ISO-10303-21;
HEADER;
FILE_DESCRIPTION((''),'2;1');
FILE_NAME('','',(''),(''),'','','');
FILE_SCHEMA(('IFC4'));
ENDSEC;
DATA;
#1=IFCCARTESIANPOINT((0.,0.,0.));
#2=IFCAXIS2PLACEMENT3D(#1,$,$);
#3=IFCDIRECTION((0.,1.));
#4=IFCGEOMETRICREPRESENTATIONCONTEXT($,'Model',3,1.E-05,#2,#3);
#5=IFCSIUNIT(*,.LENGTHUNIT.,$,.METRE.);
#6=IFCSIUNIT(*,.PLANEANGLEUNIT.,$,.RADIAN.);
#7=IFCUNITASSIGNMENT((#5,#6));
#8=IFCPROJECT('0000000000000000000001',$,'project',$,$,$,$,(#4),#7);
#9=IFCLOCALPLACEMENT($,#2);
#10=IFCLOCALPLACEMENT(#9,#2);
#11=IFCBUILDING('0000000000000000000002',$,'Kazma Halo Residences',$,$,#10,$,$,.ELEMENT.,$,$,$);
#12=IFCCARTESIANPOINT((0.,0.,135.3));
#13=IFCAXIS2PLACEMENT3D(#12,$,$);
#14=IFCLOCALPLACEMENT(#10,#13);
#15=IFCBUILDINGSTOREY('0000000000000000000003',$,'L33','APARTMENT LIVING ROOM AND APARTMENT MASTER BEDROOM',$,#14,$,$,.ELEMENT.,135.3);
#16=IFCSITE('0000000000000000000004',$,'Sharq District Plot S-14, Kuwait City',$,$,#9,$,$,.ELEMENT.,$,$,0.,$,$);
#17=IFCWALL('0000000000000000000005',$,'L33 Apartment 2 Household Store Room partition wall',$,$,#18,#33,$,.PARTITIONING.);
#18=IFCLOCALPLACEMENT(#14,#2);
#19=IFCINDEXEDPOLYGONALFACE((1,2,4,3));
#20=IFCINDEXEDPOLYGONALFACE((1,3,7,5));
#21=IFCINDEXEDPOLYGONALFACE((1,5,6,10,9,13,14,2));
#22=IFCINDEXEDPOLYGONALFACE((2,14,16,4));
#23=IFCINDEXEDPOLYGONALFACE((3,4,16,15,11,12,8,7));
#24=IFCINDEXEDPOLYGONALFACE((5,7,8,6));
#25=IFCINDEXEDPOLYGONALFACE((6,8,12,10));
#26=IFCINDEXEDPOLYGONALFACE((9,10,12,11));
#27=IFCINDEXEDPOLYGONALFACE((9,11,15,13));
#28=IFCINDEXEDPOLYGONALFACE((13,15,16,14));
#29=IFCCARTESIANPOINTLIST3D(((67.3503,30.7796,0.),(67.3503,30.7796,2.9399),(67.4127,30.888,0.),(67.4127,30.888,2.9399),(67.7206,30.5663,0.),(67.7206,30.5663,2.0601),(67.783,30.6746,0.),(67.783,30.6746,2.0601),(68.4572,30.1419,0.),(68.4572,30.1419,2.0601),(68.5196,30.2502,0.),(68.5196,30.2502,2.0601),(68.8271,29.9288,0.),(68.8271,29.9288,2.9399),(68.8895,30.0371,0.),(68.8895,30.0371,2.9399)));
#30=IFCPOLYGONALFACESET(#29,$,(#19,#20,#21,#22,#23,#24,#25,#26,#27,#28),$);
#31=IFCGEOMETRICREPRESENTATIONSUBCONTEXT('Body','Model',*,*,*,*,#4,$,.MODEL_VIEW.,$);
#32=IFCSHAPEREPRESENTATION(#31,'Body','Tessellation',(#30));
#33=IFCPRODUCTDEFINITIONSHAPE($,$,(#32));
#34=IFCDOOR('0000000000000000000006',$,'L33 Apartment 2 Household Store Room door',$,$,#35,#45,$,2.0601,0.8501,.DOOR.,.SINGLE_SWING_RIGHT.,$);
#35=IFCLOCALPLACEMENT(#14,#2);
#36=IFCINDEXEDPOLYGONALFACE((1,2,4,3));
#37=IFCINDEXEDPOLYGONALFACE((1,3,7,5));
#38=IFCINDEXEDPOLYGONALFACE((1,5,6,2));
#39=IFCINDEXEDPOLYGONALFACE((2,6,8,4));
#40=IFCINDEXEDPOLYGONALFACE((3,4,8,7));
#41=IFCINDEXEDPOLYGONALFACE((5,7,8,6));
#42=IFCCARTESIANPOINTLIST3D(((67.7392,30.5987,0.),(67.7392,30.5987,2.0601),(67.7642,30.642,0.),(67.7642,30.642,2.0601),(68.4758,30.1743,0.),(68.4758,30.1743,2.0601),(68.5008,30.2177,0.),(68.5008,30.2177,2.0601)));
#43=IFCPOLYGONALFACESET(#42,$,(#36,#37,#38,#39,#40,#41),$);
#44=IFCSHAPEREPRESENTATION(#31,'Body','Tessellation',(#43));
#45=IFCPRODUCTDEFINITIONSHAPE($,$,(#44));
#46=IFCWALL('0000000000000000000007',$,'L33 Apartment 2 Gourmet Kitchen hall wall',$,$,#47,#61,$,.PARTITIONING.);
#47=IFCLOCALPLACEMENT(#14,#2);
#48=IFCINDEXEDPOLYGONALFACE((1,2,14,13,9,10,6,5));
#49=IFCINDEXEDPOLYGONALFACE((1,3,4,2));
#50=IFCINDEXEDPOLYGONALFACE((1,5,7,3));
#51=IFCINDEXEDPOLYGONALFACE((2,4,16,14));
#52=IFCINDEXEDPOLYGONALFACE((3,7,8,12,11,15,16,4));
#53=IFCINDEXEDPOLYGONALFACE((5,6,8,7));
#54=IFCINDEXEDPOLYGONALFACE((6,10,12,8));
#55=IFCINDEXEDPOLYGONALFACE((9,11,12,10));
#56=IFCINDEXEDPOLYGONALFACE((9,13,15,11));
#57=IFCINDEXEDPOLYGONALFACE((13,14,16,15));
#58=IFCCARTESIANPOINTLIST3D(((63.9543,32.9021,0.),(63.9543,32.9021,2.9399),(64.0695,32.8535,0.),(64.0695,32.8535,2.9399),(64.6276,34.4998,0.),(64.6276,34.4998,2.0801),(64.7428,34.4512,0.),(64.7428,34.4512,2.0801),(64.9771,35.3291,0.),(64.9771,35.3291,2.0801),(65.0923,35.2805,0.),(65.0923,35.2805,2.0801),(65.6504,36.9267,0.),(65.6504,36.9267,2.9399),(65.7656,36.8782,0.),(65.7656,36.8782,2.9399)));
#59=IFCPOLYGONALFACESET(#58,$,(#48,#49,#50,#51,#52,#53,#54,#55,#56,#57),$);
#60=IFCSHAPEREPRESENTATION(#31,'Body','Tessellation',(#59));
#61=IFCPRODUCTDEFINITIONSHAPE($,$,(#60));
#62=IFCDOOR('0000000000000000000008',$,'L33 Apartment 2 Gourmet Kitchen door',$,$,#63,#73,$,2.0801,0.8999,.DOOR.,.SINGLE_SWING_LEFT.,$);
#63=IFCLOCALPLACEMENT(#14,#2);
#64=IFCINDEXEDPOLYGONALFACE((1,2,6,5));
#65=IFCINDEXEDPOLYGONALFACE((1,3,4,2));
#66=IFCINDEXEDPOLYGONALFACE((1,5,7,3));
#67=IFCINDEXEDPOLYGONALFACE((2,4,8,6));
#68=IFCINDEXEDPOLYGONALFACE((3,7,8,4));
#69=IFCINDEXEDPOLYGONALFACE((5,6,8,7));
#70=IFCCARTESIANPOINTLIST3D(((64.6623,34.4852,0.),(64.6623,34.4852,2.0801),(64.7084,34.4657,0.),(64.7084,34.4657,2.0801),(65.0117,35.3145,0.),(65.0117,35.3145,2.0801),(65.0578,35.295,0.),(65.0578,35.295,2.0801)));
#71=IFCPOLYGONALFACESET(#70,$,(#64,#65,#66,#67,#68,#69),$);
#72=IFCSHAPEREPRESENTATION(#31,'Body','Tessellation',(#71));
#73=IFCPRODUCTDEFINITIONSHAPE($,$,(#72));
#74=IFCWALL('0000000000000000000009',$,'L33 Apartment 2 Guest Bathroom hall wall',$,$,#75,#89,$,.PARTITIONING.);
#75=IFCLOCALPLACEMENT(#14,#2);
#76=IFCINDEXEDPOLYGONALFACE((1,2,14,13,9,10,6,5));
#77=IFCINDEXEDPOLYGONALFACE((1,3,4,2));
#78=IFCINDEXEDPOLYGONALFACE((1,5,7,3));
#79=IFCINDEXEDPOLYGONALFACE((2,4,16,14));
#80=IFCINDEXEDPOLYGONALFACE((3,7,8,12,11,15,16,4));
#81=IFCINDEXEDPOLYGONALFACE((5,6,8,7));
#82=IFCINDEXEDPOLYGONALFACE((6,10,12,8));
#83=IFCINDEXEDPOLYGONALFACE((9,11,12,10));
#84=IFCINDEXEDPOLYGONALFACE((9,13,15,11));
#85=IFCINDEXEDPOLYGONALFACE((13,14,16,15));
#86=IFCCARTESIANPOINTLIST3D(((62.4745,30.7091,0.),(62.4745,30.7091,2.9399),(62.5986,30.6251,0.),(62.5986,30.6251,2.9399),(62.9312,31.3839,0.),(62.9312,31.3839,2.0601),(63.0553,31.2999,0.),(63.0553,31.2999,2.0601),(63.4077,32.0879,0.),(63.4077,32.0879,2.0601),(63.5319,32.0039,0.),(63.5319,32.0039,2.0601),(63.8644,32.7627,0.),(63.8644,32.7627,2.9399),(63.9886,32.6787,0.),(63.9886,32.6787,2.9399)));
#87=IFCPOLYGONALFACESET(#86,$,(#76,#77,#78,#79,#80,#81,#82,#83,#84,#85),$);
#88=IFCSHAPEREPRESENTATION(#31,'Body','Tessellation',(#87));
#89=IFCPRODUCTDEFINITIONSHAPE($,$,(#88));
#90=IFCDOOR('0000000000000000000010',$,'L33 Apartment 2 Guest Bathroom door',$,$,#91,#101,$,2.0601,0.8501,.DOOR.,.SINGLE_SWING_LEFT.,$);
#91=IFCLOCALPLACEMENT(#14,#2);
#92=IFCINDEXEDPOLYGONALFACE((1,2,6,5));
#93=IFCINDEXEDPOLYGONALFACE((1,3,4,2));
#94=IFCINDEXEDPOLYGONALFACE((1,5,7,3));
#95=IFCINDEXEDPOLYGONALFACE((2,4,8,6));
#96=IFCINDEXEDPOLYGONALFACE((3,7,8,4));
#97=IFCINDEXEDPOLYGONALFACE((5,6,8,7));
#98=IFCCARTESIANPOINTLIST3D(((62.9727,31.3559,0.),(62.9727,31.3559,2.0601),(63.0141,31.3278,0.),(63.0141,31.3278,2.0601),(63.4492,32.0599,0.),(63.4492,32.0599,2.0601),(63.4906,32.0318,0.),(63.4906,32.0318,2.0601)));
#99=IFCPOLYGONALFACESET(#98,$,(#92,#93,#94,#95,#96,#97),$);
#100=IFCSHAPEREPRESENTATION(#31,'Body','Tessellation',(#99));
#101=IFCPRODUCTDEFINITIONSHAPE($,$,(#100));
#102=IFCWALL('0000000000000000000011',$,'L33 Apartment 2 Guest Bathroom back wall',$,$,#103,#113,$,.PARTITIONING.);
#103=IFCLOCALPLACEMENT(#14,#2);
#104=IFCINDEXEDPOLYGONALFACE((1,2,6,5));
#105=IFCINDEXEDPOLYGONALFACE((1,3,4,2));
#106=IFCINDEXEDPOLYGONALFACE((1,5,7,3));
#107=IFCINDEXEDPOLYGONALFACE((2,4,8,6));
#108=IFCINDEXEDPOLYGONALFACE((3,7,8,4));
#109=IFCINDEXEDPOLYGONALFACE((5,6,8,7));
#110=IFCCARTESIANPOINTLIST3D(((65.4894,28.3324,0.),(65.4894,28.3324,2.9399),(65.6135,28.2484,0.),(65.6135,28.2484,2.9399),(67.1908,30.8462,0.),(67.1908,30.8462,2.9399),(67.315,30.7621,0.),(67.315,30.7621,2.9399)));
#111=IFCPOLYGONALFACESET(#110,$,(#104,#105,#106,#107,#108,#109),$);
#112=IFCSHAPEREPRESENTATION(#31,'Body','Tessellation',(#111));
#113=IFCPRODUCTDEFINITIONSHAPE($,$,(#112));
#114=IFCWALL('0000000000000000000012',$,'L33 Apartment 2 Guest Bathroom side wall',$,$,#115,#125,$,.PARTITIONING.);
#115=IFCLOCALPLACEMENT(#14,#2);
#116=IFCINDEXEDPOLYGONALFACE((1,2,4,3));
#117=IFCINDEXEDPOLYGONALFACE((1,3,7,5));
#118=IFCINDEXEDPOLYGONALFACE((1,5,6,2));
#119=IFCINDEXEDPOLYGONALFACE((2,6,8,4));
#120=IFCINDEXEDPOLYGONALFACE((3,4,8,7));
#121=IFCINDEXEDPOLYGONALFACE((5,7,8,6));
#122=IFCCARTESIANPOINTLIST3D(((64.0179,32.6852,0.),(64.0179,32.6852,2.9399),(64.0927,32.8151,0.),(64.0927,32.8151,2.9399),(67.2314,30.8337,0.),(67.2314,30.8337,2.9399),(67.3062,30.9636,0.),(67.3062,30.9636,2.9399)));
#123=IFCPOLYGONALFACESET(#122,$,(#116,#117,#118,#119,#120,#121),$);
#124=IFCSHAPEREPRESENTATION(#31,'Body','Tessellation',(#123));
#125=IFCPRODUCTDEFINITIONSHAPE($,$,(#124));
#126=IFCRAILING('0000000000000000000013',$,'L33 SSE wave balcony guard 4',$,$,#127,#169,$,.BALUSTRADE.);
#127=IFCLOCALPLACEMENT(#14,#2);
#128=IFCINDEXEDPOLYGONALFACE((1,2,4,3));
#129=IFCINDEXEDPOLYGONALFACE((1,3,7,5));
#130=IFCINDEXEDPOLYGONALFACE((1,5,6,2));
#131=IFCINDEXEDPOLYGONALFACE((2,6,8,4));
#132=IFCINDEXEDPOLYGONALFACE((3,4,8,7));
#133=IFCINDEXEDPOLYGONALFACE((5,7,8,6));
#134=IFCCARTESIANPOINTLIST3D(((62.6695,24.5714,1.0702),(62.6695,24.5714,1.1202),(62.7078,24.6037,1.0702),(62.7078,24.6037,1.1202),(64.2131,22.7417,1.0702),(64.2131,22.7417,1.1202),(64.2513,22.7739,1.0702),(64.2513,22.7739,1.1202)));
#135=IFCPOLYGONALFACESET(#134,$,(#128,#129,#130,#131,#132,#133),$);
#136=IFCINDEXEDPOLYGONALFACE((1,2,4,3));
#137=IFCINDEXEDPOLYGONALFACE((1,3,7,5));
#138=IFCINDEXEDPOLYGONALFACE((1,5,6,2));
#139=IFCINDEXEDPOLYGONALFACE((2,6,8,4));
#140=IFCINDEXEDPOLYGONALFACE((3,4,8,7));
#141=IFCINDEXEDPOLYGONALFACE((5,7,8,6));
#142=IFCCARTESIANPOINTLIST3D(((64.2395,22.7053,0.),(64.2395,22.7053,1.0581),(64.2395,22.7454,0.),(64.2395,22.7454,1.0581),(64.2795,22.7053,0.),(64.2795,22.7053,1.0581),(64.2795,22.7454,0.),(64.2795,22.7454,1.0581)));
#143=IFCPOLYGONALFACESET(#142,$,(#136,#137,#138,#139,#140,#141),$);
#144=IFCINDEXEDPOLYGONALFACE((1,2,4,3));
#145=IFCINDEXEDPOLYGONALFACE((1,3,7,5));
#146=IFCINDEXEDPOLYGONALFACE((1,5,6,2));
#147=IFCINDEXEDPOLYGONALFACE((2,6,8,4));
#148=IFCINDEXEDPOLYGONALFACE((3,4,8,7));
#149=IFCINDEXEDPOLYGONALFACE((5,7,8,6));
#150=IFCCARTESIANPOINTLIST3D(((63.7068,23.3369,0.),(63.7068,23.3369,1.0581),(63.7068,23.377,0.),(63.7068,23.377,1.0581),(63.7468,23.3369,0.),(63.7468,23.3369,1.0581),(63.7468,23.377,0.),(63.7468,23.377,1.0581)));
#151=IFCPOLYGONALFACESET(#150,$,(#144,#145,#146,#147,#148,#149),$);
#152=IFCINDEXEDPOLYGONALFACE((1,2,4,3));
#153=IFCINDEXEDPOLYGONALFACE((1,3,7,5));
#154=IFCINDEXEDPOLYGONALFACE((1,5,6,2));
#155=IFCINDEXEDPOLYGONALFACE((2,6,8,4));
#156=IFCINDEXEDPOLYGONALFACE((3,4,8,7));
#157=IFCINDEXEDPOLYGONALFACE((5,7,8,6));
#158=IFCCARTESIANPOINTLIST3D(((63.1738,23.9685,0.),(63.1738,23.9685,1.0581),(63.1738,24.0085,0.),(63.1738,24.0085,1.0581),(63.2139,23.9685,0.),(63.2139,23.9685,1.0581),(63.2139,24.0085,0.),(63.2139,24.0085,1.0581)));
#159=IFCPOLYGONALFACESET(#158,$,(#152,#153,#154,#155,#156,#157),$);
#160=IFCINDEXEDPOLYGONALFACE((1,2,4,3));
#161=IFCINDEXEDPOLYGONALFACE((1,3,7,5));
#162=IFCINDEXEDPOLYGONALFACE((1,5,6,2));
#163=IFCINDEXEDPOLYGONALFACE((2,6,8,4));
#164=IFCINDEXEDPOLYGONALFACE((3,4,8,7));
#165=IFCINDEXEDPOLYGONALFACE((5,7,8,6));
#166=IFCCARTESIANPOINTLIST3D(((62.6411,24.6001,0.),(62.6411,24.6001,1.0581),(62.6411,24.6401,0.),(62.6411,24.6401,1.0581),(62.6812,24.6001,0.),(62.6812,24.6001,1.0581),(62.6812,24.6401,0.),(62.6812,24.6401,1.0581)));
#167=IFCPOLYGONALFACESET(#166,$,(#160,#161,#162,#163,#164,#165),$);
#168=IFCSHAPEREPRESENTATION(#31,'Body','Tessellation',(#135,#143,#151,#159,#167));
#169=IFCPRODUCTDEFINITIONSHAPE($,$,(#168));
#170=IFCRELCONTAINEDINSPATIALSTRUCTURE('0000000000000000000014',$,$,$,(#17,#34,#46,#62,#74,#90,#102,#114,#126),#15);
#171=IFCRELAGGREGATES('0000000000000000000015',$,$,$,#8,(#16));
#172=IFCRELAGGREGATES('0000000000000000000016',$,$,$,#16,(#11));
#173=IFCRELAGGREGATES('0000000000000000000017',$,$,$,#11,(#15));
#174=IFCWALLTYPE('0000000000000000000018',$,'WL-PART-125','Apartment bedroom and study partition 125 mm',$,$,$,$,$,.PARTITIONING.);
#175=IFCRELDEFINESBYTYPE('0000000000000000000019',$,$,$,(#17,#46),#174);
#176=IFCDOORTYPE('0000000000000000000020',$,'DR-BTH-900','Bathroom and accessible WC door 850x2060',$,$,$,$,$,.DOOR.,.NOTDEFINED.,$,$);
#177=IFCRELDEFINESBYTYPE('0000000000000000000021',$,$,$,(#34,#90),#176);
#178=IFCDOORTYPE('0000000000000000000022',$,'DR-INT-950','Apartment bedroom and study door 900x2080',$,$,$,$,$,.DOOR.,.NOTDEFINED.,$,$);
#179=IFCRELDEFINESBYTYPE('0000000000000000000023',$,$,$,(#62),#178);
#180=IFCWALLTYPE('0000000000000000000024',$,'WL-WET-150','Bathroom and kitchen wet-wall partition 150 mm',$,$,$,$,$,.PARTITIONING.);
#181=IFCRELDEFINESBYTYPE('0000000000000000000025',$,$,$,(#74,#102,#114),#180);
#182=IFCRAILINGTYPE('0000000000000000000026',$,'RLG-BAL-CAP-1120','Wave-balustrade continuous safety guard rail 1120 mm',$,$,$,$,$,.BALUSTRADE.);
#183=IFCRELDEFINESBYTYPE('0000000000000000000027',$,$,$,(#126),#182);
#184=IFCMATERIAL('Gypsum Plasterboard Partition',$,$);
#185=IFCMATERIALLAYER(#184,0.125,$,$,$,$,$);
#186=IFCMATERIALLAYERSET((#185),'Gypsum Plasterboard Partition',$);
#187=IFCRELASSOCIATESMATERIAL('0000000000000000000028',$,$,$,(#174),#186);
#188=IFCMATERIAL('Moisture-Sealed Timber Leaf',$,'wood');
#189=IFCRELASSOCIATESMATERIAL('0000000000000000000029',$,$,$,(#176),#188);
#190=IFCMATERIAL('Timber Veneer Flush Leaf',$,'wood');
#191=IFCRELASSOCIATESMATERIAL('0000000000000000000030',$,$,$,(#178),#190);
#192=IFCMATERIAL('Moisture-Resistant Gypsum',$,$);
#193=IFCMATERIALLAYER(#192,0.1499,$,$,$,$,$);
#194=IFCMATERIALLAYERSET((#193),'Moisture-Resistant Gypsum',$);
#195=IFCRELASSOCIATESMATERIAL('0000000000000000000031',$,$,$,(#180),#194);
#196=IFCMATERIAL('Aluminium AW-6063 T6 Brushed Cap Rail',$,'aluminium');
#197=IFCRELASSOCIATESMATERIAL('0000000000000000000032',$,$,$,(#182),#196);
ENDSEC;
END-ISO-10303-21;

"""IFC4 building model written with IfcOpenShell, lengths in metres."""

from ifc_helpers import new_model, si_unit, direction, frame, frame_2d, origin, origin_2d, place, context, subcontext, project, spatial, rectangle, extrude, material, layer, layer_set, type_object, element, fill, save


model = new_model("IFC4")

# Units and contexts
model_context = context("Model", 3, precision=1e-05, world=origin(), true_north=direction((0.0, 1.0)))
body_context = subcontext(model_context, "Body", "Model", "MODEL_VIEW")
ifc_project = project(units=[si_unit("LENGTHUNIT", "METRE"), si_unit("PLANEANGLEUNIT", "RADIAN")], contexts=[model_context])

# Site, building, storey
site_placement = place(None, origin())
site = spatial("IfcSite", under=ifc_project, at=site_placement, Name="Sharq District Plot S-14, Kuwait City", CompositionType="ELEMENT", RefElevation=0.0)
building_placement = place(site_placement, origin())
building = spatial("IfcBuilding", under=site, at=building_placement, Name="Kazma Halo Residences", CompositionType="ELEMENT")
storey_placement = place(building_placement, frame((0.0, 0.0, 135.3)))
storey = spatial("IfcBuildingStorey", under=building, at=storey_placement, Name="L33", Description="APARTMENT LIVING ROOM AND APARTMENT MASTER BEDROOM", CompositionType="ELEMENT", Elevation=135.3)

# Walls, openings, doors
ifc_material_1 = material(Name="Gypsum Plasterboard Partition")
ifc_layer_1 = layer(ifc_material_1, 0.125)
ifc_layer_set_1 = layer_set([ifc_layer_1], Name="Gypsum Plasterboard Partition")
wall_type_1 = type_object("IfcWallType", Name="WL-PART-125", Description="Apartment bedroom and study partition 125 mm", PredefinedType="PARTITIONING", material=ifc_layer_set_1)
wall_1_placement = place(storey_placement, frame((67.3816, 30.8337, 0.0), z_axis=(0.0, 0.0, 1.0), x_axis=(0.866484, -0.499206, 0.0)))
wall_1 = element("IfcWall", 1, at=wall_1_placement, inside=storey, type_object=wall_type_1, Name="L33 Apartment 2 Household Store Room partition wall", PredefinedType="PARTITIONING", context=body_context, shape_type="SweptSolid", body=[
    extrude(rectangle(XDim=1.7043, YDim=0.125, at=frame_2d((0.8521, 0.0))), origin(), (0.0, 0.0, 1.0), 2.9399),
])
opening_1_placement = place(wall_1_placement, frame((0.4272, 0.0, 0.0)))
opening_1 = element("IfcOpeningElement", 2, at=opening_1_placement, cuts=wall_1, PredefinedType="OPENING", context=body_context, shape_type="SweptSolid", body=[
    extrude(rectangle(XDim=0.8501, YDim=2.0601, at=frame_2d((0.425, 1.03))), frame((0.0, 0.0725, 0.0), z_axis=(0.0, -1.0, 0.0), x_axis=(1.0, 0.0, 0.0)), (0.0, 0.0, 1.0), 0.145),
])
ifc_material_2 = material(Name="Moisture-Sealed Timber Leaf", Category="wood")
door_type_1 = type_object("IfcDoorType", Name="DR-BTH-900", Description="Bathroom and accessible WC door 850x2060", OperationType="NOTDEFINED", PredefinedType="DOOR", material=ifc_material_2)
door_1_placement = place(opening_1_placement, origin())
door_1 = element("IfcDoor", 3, at=door_1_placement, inside=storey, type_object=door_type_1, Name="L33 Apartment 2 Household Store Room door", OperationType="SINGLE_SWING_RIGHT", OverallHeight=2.0601, OverallWidth=0.8501, PredefinedType="DOOR", context=body_context, shape_type="SweptSolid", body=[
    extrude(rectangle(XDim=0.8501, YDim=2.0601, at=frame_2d((0.425, 1.03))), frame((0.0, 0.0249, 0.0), z_axis=(0.0, -1.0, 0.0), x_axis=(1.0, 0.0, 0.0)), (0.0, 0.0, 1.0), 0.05),
])
fill(opening_1, door_1)
wall_2_placement = place(storey_placement, frame((64.012, 32.8779, 0.0), z_axis=(0.0, 0.0, 1.0), x_axis=(0.388339, 0.921516, 0.0)))
wall_2 = element("IfcWall", 4, at=wall_2_placement, inside=storey, type_object=wall_type_1, Name="L33 Apartment 2 Gourmet Kitchen hall wall", PredefinedType="PARTITIONING", context=body_context, shape_type="SweptSolid", body=[
    extrude(rectangle(XDim=4.3674, YDim=0.125, at=frame_2d((2.1836, 0.0))), origin(), (0.0, 0.0, 1.0), 2.9399),
])
opening_2_placement = place(wall_2_placement, frame((1.7336, 0.0, 0.0)))
opening_2 = element("IfcOpeningElement", 5, at=opening_2_placement, cuts=wall_2, PredefinedType="OPENING", context=body_context, shape_type="SweptSolid", body=[
    extrude(rectangle(XDim=0.8999, YDim=2.0801, at=frame_2d((0.45, 1.04))), frame((0.0, 0.0725, 0.0), z_axis=(0.0, -1.0, 0.0), x_axis=(1.0, 0.0, 0.0)), (0.0, 0.0, 1.0), 0.145),
])
ifc_material_3 = material(Name="Timber Veneer Flush Leaf", Category="wood")
door_type_2 = type_object("IfcDoorType", Name="DR-INT-950", Description="Apartment bedroom and study door 900x2080", OperationType="NOTDEFINED", PredefinedType="DOOR", material=ifc_material_3)
door_2_placement = place(opening_2_placement, origin())
door_2 = element("IfcDoor", 6, at=door_2_placement, inside=storey, type_object=door_type_2, Name="L33 Apartment 2 Gourmet Kitchen door", OperationType="SINGLE_SWING_LEFT", OverallHeight=2.0801, OverallWidth=0.8999, PredefinedType="DOOR", context=body_context, shape_type="SweptSolid", body=[
    extrude(rectangle(XDim=0.8999, YDim=2.0801, at=frame_2d((0.45, 1.04))), frame((0.0, 0.0249, 0.0), z_axis=(0.0, -1.0, 0.0), x_axis=(1.0, 0.0, 0.0)), (0.0, 0.0, 1.0), 0.05),
])
fill(opening_2, door_2)
ifc_material_4 = material(Name="Moisture-Resistant Gypsum")
ifc_layer_2 = layer(ifc_material_4, 0.1499)
ifc_layer_set_2 = layer_set([ifc_layer_2], Name="Moisture-Resistant Gypsum")
wall_type_2 = type_object("IfcWallType", Name="WL-WET-150", Description="Bathroom and kitchen wet-wall partition 150 mm", PredefinedType="PARTITIONING", material=ifc_layer_set_2)
wall_3_placement = place(storey_placement, frame((62.5366, 30.6672, 0.0), z_axis=(0.0, 0.0, 1.0), x_axis=(0.560526, 0.828137, 0.0)))
wall_3 = element("IfcWall", 7, at=wall_3_placement, inside=storey, type_object=wall_type_2, Name="L33 Apartment 2 Guest Bathroom hall wall", PredefinedType="PARTITIONING", context=body_context, shape_type="SweptSolid", body=[
    extrude(rectangle(XDim=2.4797, YDim=0.1499, at=frame_2d((1.2397, 0.0))), origin(), (0.0, 0.0, 1.0), 2.9399),
])
opening_3_placement = place(wall_3_placement, frame((0.8147, 0.0, 0.0)))
opening_3 = element("IfcOpeningElement", 8, at=opening_3_placement, cuts=wall_3, PredefinedType="OPENING", context=body_context, shape_type="SweptSolid", body=[
    extrude(rectangle(XDim=0.8501, YDim=2.0601, at=frame_2d((0.425, 1.03))), frame((0.0, 0.085, 0.0), z_axis=(0.0, -1.0, 0.0), x_axis=(1.0, 0.0, 0.0)), (0.0, 0.0, 1.0), 0.1699),
])
door_3_placement = place(opening_3_placement, origin())
door_3 = element("IfcDoor", 9, at=door_3_placement, inside=storey, type_object=door_type_1, Name="L33 Apartment 2 Guest Bathroom door", OperationType="SINGLE_SWING_LEFT", OverallHeight=2.0601, OverallWidth=0.8501, PredefinedType="DOOR", context=body_context, shape_type="SweptSolid", body=[
    extrude(rectangle(XDim=0.8501, YDim=2.0601, at=frame_2d((0.425, 1.03))), frame((0.0, 0.0249, 0.0), z_axis=(0.0, -1.0, 0.0), x_axis=(1.0, 0.0, 0.0)), (0.0, 0.0, 1.0), 0.05),
])
fill(opening_3, door_3)

# Walls
wall_4_placement = place(storey_placement, frame((65.5515, 28.2905, 0.0), z_axis=(0.0, 0.0, 1.0), x_axis=(0.560533, 0.828132, 0.0)))
element("IfcWall", 10, at=wall_4_placement, inside=storey, type_object=wall_type_2, Name="L33 Apartment 2 Guest Bathroom back wall", PredefinedType="PARTITIONING", context=body_context, shape_type="SweptSolid", body=[
    extrude(rectangle(XDim=3.0354, YDim=0.1499, at=frame_2d((1.5176, 0.0))), origin(), (0.0, 0.0, 1.0), 2.9399),
])
wall_5_placement = place(storey_placement, frame((64.0552, 32.7502, 0.0), z_axis=(0.0, 0.0, 1.0), x_axis=(0.866471, -0.499227, 0.0)))
element("IfcWall", 11, at=wall_5_placement, inside=storey, type_object=wall_type_2, Name="L33 Apartment 2 Guest Bathroom side wall", PredefinedType="PARTITIONING", context=body_context, shape_type="SweptSolid", body=[
    extrude(rectangle(XDim=3.7087, YDim=0.1499, at=frame_2d((1.8545, 0.0))), origin(), (0.0, 0.0, 1.0), 2.9399),
])

# Railing
ifc_material_5 = material(Name="Aluminium AW-6063 T6 Brushed Cap Rail", Category="aluminium")
railing_type = type_object("IfcRailingType", Name="RLG-BAL-CAP-1120", Description="Wave-balustrade continuous safety guard rail 1120 mm", PredefinedType="BALUSTRADE", material=ifc_material_5)
railing_1_placement = place(storey_placement, frame((64.2595, 22.7253, 0.0)))
element("IfcRailing", 12, at=railing_1_placement, inside=storey, type_object=railing_type, Name="L33 SSE wave balcony guard 4", PredefinedType="BALUSTRADE", context=body_context, shape_type="SweptSolid", body=[
    extrude(rectangle(XDim=0.05, YDim=0.05, at=origin_2d()), frame((-0.0273, 0.0325, 1.0952), z_axis=(-0.644794, 0.764357, 0.0), x_axis=(-0.764357, -0.644794, 0.0)), (0.0, 0.0, 1.0), 2.3938),
    extrude(rectangle(XDim=0.04, YDim=0.04, at=origin_2d()), origin(), (0.0, 0.0, 1.0), 1.0581),
    extrude(rectangle(XDim=0.04, YDim=0.04, at=origin_2d()), frame((-0.5327, 0.6316, 0.0)), (0.0, 0.0, 1.0), 1.0581),
    extrude(rectangle(XDim=0.04, YDim=0.04, at=origin_2d()), frame((-1.0657, 1.2632, 0.0)), (0.0, 0.0, 1.0), 1.0581),
    extrude(rectangle(XDim=0.04, YDim=0.04, at=origin_2d()), frame((-1.5984, 1.8948, 0.0)), (0.0, 0.0, 1.0), 1.0581),
])

save(model, "model.ifc")
